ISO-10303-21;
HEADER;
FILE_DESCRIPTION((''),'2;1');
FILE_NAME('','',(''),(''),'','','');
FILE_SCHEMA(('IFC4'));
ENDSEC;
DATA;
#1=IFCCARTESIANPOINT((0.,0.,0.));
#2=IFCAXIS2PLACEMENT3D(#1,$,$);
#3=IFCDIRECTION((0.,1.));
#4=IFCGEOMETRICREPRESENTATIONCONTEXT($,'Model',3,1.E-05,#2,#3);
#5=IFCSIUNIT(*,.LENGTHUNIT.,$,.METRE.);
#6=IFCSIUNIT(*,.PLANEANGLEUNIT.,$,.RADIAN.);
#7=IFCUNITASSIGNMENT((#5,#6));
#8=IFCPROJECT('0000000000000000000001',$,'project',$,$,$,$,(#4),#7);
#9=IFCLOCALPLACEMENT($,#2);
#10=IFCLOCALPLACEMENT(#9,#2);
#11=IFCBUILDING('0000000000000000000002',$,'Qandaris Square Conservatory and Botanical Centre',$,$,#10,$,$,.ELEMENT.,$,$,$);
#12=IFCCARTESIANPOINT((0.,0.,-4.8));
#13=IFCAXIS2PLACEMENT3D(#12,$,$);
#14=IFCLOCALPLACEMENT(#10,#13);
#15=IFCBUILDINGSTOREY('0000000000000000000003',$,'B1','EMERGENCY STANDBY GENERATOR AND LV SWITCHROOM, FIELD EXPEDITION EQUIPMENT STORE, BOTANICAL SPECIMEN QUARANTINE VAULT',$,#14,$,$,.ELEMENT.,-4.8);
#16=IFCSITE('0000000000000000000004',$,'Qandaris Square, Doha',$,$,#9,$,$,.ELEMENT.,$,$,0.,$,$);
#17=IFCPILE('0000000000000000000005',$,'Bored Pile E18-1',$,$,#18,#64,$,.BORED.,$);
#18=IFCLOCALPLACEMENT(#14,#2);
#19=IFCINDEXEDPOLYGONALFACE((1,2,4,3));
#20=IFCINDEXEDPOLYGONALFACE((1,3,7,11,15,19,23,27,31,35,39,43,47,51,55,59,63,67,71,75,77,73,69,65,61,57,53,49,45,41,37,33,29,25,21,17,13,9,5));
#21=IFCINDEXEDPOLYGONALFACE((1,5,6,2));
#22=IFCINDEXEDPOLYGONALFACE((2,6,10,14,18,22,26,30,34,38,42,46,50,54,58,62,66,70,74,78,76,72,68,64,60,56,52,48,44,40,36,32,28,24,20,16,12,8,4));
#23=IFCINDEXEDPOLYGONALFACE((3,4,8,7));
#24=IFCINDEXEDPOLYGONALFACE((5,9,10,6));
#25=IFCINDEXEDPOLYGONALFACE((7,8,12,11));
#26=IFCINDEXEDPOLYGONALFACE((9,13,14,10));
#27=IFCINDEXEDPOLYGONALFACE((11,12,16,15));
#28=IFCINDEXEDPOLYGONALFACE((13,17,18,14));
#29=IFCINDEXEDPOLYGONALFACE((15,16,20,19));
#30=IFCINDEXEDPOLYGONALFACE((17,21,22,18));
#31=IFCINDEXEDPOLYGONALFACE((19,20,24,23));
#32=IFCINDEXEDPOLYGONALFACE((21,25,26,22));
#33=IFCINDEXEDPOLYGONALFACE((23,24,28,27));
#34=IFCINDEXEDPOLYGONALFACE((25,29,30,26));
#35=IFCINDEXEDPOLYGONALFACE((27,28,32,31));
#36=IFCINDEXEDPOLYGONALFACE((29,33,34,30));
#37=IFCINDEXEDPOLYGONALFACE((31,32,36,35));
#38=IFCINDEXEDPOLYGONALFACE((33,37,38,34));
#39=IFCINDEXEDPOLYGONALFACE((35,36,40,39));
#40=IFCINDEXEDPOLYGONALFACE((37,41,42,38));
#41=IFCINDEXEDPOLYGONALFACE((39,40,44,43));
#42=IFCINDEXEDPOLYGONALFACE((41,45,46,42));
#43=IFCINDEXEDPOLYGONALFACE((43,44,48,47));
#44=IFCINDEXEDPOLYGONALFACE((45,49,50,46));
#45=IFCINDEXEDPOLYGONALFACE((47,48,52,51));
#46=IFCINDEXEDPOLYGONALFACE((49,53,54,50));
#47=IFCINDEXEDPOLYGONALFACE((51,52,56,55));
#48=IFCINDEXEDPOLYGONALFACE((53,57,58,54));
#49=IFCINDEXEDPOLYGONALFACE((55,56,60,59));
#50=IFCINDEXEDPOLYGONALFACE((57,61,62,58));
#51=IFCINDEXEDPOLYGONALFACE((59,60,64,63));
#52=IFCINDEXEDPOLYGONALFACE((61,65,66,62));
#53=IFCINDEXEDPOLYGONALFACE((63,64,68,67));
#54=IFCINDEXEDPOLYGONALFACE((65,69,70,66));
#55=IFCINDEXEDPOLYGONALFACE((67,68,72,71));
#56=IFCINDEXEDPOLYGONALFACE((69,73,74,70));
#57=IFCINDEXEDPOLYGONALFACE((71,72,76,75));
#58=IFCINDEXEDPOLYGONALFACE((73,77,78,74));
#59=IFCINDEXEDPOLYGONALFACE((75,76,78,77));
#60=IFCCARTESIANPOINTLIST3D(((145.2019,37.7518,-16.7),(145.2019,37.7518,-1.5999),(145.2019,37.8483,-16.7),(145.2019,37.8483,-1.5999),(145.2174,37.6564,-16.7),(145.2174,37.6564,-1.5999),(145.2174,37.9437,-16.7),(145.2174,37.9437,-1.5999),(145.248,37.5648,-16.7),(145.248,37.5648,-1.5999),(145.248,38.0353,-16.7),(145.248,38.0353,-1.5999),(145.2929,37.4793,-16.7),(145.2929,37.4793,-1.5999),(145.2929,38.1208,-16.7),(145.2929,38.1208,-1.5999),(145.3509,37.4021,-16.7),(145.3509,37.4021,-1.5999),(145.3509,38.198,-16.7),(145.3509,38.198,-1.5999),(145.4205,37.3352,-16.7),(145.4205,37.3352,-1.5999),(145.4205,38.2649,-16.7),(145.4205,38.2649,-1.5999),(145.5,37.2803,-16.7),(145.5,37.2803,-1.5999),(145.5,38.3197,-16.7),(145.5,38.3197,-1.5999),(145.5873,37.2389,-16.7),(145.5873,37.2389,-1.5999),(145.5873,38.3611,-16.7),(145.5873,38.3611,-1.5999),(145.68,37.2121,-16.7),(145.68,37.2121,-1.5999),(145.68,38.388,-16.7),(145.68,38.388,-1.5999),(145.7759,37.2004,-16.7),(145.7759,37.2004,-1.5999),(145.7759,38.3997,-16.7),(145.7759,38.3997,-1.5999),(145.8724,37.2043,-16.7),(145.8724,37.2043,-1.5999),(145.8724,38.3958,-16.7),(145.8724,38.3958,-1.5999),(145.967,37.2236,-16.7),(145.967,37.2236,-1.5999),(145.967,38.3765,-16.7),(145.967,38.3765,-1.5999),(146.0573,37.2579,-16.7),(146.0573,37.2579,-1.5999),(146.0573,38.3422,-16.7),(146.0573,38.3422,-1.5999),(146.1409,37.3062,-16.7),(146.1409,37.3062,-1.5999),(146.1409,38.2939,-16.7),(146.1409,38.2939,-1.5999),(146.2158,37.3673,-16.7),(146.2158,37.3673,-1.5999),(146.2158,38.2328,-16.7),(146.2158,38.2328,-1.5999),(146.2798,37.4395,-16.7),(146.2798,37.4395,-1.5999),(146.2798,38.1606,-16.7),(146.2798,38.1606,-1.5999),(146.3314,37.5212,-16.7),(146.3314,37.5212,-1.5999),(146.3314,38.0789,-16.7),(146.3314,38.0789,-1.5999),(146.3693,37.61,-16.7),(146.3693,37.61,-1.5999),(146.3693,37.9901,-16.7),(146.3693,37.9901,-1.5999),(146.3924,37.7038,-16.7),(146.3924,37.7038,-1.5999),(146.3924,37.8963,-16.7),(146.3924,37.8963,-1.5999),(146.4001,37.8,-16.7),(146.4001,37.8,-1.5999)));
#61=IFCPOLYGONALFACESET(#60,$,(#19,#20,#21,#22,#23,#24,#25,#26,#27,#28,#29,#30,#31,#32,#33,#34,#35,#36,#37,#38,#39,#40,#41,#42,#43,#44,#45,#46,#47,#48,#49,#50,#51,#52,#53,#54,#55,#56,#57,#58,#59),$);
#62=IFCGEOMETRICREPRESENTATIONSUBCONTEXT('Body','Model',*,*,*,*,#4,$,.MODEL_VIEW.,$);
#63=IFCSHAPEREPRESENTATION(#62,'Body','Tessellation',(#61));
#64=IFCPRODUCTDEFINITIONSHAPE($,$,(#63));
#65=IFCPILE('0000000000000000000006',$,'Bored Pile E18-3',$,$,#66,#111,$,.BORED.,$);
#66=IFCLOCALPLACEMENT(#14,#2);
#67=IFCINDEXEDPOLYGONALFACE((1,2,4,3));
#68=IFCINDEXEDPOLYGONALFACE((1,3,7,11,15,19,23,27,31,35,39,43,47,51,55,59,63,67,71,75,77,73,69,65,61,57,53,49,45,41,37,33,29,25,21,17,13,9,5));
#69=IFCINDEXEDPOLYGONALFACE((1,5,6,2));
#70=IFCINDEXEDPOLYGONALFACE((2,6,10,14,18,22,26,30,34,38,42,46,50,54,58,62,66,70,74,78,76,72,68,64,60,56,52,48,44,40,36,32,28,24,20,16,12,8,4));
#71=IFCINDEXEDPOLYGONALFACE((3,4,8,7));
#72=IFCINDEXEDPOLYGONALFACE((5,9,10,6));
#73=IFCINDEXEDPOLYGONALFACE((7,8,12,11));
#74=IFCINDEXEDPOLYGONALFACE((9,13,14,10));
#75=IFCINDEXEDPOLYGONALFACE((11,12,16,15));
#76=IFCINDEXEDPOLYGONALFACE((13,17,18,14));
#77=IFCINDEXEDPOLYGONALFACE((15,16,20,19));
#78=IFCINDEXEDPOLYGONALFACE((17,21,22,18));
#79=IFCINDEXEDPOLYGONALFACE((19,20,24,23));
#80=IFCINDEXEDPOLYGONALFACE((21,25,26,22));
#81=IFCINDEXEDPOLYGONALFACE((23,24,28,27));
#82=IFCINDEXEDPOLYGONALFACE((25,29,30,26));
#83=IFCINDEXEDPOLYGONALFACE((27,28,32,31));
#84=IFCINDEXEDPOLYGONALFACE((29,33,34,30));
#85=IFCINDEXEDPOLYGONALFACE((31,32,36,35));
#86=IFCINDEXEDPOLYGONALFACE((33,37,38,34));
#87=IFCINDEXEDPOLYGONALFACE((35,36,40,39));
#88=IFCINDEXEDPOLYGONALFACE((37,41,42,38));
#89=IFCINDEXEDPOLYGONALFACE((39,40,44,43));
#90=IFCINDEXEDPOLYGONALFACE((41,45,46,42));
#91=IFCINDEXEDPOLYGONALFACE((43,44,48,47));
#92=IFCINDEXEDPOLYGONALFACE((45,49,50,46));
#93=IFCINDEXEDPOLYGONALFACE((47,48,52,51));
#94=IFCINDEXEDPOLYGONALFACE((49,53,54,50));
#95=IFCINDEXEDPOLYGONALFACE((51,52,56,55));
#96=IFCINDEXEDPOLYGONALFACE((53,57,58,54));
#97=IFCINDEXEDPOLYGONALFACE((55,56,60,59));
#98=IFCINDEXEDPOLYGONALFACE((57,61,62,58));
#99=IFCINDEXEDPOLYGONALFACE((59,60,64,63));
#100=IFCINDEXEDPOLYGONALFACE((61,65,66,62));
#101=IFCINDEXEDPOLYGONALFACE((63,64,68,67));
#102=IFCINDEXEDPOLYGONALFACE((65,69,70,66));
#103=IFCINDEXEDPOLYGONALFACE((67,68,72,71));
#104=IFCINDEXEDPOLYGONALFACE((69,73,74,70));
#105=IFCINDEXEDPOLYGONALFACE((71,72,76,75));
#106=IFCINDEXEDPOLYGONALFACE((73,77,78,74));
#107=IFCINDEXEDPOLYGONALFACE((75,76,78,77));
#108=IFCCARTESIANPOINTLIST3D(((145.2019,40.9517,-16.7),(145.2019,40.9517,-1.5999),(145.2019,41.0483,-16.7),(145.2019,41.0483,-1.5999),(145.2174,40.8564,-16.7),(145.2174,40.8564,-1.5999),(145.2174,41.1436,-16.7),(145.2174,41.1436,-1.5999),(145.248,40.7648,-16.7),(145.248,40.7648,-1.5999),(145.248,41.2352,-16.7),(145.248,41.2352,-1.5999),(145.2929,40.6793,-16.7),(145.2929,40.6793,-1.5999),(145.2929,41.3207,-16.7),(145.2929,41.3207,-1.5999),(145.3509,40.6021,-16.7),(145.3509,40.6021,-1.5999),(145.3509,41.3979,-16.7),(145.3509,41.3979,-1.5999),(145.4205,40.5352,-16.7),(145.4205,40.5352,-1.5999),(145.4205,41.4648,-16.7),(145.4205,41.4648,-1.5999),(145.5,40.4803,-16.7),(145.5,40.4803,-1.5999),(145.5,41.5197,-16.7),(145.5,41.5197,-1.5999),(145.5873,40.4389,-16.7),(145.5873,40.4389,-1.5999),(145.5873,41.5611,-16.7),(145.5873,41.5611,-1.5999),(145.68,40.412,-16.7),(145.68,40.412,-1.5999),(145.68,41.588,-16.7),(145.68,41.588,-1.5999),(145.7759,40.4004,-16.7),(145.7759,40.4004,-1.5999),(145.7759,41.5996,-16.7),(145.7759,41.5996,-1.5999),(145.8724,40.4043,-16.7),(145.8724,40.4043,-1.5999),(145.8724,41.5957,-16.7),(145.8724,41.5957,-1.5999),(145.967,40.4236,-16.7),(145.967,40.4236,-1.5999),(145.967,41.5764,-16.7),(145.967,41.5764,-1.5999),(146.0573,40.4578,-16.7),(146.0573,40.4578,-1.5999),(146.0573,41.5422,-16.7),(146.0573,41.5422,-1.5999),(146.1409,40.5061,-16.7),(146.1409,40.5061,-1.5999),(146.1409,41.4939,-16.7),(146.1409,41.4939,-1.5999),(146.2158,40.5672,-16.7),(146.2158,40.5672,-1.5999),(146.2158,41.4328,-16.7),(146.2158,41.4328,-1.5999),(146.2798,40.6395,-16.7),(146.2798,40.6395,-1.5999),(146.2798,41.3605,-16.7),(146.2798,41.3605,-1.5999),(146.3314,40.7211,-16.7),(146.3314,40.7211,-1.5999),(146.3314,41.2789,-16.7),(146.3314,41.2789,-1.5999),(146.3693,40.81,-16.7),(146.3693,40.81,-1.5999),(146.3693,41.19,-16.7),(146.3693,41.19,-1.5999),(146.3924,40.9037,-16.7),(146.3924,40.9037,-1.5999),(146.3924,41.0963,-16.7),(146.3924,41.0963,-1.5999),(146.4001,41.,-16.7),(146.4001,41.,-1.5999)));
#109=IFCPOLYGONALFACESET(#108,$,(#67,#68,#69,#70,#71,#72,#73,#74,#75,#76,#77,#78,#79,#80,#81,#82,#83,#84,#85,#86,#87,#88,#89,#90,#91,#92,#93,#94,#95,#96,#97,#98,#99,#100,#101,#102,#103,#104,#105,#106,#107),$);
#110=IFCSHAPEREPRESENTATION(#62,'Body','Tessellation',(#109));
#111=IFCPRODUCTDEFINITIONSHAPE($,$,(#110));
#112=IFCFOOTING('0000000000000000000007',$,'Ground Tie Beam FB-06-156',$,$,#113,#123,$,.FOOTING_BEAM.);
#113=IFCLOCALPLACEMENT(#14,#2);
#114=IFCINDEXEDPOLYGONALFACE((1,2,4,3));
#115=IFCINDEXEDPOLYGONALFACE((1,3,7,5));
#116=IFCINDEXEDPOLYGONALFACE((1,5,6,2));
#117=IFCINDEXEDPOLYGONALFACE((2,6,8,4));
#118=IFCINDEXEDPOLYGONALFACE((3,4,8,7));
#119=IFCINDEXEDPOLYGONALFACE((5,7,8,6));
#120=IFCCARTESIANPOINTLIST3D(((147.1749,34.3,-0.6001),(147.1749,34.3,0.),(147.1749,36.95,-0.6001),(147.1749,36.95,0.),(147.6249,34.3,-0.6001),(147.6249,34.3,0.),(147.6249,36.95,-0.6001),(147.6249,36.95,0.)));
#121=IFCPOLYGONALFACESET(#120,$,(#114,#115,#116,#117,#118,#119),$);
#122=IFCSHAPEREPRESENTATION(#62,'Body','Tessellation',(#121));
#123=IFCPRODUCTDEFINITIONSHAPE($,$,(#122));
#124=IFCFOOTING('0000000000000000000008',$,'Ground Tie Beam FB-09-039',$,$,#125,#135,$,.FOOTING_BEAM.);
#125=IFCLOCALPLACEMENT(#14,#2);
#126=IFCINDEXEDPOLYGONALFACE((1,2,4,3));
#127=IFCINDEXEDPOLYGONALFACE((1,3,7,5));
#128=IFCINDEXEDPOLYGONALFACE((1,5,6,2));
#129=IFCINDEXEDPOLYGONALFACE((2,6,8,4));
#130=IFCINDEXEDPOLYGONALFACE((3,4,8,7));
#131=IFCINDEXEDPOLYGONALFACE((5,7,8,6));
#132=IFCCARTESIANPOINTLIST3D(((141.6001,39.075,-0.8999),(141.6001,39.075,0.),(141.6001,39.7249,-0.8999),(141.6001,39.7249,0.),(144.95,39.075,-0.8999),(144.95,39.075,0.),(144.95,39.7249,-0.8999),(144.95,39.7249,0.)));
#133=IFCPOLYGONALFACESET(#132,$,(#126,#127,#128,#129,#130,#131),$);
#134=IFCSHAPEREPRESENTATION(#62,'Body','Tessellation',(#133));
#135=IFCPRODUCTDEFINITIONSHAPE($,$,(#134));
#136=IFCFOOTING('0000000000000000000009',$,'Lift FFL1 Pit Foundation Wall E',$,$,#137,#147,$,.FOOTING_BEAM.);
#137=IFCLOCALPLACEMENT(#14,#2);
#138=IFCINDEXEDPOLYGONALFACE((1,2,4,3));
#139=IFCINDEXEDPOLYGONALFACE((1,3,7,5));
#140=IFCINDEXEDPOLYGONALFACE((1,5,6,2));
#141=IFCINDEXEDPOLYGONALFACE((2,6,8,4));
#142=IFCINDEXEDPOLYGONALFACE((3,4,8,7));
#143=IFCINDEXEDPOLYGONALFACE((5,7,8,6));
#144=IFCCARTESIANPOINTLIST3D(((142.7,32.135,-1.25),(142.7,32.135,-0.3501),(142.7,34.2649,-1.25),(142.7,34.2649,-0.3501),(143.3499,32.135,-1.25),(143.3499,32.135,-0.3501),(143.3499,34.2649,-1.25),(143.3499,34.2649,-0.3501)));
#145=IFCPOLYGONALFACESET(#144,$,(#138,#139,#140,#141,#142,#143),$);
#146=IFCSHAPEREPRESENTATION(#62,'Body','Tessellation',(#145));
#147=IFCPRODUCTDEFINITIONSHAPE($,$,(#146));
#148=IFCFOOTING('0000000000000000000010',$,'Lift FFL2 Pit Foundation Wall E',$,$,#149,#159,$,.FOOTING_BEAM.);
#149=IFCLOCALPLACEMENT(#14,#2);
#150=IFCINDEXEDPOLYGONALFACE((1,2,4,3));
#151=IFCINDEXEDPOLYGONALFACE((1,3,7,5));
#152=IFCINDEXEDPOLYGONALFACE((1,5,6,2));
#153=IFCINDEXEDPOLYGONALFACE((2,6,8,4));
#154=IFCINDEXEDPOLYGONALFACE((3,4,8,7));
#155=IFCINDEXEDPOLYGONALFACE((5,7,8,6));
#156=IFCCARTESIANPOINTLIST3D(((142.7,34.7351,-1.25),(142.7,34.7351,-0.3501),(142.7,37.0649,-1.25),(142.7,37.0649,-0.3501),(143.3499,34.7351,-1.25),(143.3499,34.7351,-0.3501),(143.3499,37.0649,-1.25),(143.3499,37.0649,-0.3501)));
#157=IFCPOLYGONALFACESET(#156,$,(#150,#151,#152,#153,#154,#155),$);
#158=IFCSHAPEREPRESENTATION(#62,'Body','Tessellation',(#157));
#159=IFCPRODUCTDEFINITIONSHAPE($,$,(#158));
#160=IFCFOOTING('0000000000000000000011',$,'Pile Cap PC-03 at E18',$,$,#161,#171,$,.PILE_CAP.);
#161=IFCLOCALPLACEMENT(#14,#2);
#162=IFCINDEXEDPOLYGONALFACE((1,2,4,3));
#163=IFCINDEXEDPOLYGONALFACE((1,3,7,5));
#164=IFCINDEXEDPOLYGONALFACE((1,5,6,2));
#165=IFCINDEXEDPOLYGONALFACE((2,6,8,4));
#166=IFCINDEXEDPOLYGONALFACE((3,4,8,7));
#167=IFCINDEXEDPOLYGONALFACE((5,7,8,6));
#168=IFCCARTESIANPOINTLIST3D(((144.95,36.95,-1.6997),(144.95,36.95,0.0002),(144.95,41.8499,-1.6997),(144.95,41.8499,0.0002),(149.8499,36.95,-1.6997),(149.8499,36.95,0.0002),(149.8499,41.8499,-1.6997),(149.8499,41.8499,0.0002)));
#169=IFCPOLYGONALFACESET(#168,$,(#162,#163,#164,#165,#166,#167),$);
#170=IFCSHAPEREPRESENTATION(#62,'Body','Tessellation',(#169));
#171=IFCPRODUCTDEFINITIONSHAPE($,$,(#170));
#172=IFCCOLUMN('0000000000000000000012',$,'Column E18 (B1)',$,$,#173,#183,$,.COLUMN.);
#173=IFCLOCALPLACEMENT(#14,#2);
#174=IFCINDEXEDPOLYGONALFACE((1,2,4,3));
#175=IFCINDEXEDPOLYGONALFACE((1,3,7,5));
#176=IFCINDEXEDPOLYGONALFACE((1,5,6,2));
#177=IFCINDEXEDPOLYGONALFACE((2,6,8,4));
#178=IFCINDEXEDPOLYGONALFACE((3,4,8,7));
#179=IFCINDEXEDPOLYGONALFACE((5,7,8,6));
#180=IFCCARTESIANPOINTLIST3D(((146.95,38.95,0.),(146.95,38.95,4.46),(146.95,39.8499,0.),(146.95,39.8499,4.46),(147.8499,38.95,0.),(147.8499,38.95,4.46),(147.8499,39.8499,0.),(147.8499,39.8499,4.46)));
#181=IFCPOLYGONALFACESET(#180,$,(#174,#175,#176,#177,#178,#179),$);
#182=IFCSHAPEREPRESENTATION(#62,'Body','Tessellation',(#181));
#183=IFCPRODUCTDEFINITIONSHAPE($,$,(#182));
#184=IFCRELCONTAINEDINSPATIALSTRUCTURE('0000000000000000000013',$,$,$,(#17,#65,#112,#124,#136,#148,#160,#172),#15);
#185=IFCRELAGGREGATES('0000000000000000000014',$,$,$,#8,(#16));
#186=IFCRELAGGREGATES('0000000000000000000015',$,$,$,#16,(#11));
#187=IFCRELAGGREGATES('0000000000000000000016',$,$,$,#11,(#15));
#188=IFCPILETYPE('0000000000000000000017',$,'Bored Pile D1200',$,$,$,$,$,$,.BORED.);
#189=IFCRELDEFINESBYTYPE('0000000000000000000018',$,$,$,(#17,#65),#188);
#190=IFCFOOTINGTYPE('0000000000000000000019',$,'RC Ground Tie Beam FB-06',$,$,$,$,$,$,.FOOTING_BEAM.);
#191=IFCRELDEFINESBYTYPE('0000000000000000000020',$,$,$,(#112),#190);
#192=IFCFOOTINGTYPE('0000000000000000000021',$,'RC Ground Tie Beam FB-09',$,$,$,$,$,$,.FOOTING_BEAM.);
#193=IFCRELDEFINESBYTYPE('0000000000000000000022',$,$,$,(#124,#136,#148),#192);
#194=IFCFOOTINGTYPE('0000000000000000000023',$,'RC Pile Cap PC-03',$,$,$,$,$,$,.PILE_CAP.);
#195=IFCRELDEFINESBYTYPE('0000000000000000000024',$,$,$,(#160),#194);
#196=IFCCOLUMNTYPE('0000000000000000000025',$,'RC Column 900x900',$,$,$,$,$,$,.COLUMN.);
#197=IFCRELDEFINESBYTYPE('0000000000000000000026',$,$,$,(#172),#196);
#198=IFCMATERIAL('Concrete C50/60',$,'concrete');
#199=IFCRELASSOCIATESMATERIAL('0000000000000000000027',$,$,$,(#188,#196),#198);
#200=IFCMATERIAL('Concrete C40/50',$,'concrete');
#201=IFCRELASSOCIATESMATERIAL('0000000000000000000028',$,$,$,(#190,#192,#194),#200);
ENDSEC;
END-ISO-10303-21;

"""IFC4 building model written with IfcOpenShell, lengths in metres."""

from ifc_helpers import new_model, si_unit, direction, frame, origin, origin_2d, place, context, subcontext, project, spatial, rectangle, circle, extrude, material, material_profile, profile_set, type_object, element, save


model = new_model("IFC4")

# Units and contexts
model_context = context("Model", 3, precision=1e-05, world=origin(), true_north=direction((0.0, 1.0)))
body_context = subcontext(model_context, "Body", "Model", "MODEL_VIEW")
ifc_project = project(units=[si_unit("LENGTHUNIT", "METRE"), si_unit("PLANEANGLEUNIT", "RADIAN")], contexts=[model_context])

# Site, building, storey
site_placement = place(None, origin())
site = spatial("IfcSite", under=ifc_project, at=site_placement, Name="Qandaris Square, Doha", CompositionType="ELEMENT", RefElevation=0.0)
building_placement = place(site_placement, origin())
building = spatial("IfcBuilding", under=site, at=building_placement, Name="Qandaris Square Conservatory and Botanical Centre", CompositionType="ELEMENT")
storey_placement = place(building_placement, frame((0.0, 0.0, -4.8)))
storey = spatial("IfcBuildingStorey", under=building, at=storey_placement, Name="B1", Description="EMERGENCY STANDBY GENERATOR AND LV SWITCHROOM, FIELD EXPEDITION EQUIPMENT STORE, BOTANICAL SPECIMEN QUARANTINE VAULT", CompositionType="ELEMENT", Elevation=-4.8)

# Piles
ifc_material_1 = material(Name="Concrete C50/60", Category="concrete")
ifc_material_profile_1 = material_profile(ifc_material_1, circle(Radius=0.6001, at=origin_2d()), Name="PILE D1200")
ifc_profile_set_1 = profile_set([ifc_material_profile_1], Name="Concrete C50/60")
pile_type = type_object("IfcPileType", Name="Bored Pile D1200", PredefinedType="BORED", material=ifc_profile_set_1)
for number, where, z_axis, x_axis, name in (
    (1, (145.8, 37.8, -1.5999), (0.0, 0.0, -1.0), (1.0, 0.0, 0.0), "Bored Pile E18-1"),
    (2, (145.8, 41.0, -1.5999), (0.0, 0.0, -1.0), (1.0, 0.0, 0.0), "Bored Pile E18-3"),
):
    element("IfcPile", number, at=place(storey_placement, frame(where, z_axis=z_axis, x_axis=x_axis)), inside=storey, type_object=pile_type, Name=name, PredefinedType="BORED", context=body_context, shape_type="SweptSolid", body=[
        extrude(circle(Radius=0.6001, at=origin_2d()), origin(), (0.0, 0.0, 1.0), 15.1001),
    ])

# Footings
ifc_material_2 = material(Name="Concrete C40/50", Category="concrete")
ifc_material_profile_2 = material_profile(ifc_material_2, rectangle(XDim=0.45, YDim=0.6001, at=origin_2d()), Name="FB 450x600")
ifc_profile_set_2 = profile_set([ifc_material_profile_2], Name="Concrete C40/50")
footing_type_1 = type_object("IfcFootingType", Name="RC Ground Tie Beam FB-06", PredefinedType="FOOTING_BEAM", material=ifc_profile_set_2)
footing_1_placement = place(storey_placement, frame((147.3999, 34.3, -0.3), z_axis=(0.0, 1.0, 0.0), x_axis=(-1.0, 0.0, 0.0)))
element("IfcFooting", 3, at=footing_1_placement, inside=storey, type_object=footing_type_1, Name="Ground Tie Beam FB-06-156", PredefinedType="FOOTING_BEAM", context=body_context, shape_type="SweptSolid", body=[
    extrude(rectangle(XDim=0.45, YDim=0.6001, at=origin_2d()), origin(), (0.0, 0.0, 1.0), 2.6499),
])
ifc_material_profile_3 = material_profile(ifc_material_2, rectangle(XDim=0.6499, YDim=0.8999, at=origin_2d()), Name="FB 650x900")
ifc_profile_set_3 = profile_set([ifc_material_profile_3], Name="Concrete C40/50")
footing_type_2 = type_object("IfcFootingType", Name="RC Ground Tie Beam FB-09", PredefinedType="FOOTING_BEAM", material=ifc_profile_set_3)
footing_2_placement = place(storey_placement, frame((141.6001, 39.3999, -0.45), z_axis=(1.0, 0.0, 0.0), x_axis=(0.0, 1.0, 0.0)))
element("IfcFooting", 4, at=footing_2_placement, inside=storey, type_object=footing_type_2, Name="Ground Tie Beam FB-09-039", PredefinedType="FOOTING_BEAM", context=body_context, shape_type="SweptSolid", body=[
    extrude(rectangle(XDim=0.6499, YDim=0.8999, at=origin_2d()), origin(), (0.0, 0.0, 1.0), 3.3499),
])
footing_3_placement = place(storey_placement, frame((143.0249, 32.135, -0.8), z_axis=(0.0, 1.0, 0.0), x_axis=(-1.0, 0.0, 0.0)))
element("IfcFooting", 5, at=footing_3_placement, inside=storey, type_object=footing_type_2, Name="Lift FFL1 Pit Foundation Wall E", PredefinedType="FOOTING_BEAM", context=body_context, shape_type="SweptSolid", body=[
    extrude(rectangle(XDim=0.6499, YDim=0.8999, at=origin_2d()), origin(), (0.0, 0.0, 1.0), 2.1299),
])
footing_4_placement = place(storey_placement, frame((143.0249, 34.7351, -0.8), z_axis=(0.0, 1.0, 0.0), x_axis=(-1.0, 0.0, 0.0)))
element("IfcFooting", 6, at=footing_4_placement, inside=storey, type_object=footing_type_2, Name="Lift FFL2 Pit Foundation Wall E", PredefinedType="FOOTING_BEAM", context=body_context, shape_type="SweptSolid", body=[
    extrude(rectangle(XDim=0.6499, YDim=0.8999, at=origin_2d()), origin(), (0.0, 0.0, 1.0), 2.3298),
])
footing_type_3 = type_object("IfcFootingType", Name="RC Pile Cap PC-03", PredefinedType="PILE_CAP", material=ifc_material_2)
footing_5_placement = place(storey_placement, frame((147.3999, 39.3999, -1.6997), z_axis=(0.0, 0.0, 1.0), x_axis=(1.0, 0.0, 0.0)))
element("IfcFooting", 7, at=footing_5_placement, inside=storey, type_object=footing_type_3, Name="Pile Cap PC-03 at E18", PredefinedType="PILE_CAP", context=body_context, shape_type="SweptSolid", body=[
    extrude(rectangle(XDim=4.8999, YDim=4.8999, at=origin_2d()), origin(), (0.0, 0.0, 1.0), 1.7),
])

# Column
ifc_material_profile_4 = material_profile(ifc_material_1, rectangle(XDim=0.8999, YDim=0.8999, at=origin_2d()), Name="RC-COL 900x900")
ifc_profile_set_4 = profile_set([ifc_material_profile_4], Name="Concrete C50/60")
column_type = type_object("IfcColumnType", Name="RC Column 900x900", PredefinedType="COLUMN", material=ifc_profile_set_4)
column_placement = place(storey_placement, frame((147.3999, 39.3999, 0.0), z_axis=(0.0, 0.0, 1.0), x_axis=(1.0, 0.0, 0.0)))
element("IfcColumn", 8, at=column_placement, inside=storey, type_object=column_type, Name="Column E18 (B1)", PredefinedType="COLUMN", context=body_context, shape_type="SweptSolid", body=[
    extrude(rectangle(XDim=0.8999, YDim=0.8999, at=origin_2d()), origin(), (0.0, 0.0, 1.0), 4.46),
])

save(model, "model.ifc")
